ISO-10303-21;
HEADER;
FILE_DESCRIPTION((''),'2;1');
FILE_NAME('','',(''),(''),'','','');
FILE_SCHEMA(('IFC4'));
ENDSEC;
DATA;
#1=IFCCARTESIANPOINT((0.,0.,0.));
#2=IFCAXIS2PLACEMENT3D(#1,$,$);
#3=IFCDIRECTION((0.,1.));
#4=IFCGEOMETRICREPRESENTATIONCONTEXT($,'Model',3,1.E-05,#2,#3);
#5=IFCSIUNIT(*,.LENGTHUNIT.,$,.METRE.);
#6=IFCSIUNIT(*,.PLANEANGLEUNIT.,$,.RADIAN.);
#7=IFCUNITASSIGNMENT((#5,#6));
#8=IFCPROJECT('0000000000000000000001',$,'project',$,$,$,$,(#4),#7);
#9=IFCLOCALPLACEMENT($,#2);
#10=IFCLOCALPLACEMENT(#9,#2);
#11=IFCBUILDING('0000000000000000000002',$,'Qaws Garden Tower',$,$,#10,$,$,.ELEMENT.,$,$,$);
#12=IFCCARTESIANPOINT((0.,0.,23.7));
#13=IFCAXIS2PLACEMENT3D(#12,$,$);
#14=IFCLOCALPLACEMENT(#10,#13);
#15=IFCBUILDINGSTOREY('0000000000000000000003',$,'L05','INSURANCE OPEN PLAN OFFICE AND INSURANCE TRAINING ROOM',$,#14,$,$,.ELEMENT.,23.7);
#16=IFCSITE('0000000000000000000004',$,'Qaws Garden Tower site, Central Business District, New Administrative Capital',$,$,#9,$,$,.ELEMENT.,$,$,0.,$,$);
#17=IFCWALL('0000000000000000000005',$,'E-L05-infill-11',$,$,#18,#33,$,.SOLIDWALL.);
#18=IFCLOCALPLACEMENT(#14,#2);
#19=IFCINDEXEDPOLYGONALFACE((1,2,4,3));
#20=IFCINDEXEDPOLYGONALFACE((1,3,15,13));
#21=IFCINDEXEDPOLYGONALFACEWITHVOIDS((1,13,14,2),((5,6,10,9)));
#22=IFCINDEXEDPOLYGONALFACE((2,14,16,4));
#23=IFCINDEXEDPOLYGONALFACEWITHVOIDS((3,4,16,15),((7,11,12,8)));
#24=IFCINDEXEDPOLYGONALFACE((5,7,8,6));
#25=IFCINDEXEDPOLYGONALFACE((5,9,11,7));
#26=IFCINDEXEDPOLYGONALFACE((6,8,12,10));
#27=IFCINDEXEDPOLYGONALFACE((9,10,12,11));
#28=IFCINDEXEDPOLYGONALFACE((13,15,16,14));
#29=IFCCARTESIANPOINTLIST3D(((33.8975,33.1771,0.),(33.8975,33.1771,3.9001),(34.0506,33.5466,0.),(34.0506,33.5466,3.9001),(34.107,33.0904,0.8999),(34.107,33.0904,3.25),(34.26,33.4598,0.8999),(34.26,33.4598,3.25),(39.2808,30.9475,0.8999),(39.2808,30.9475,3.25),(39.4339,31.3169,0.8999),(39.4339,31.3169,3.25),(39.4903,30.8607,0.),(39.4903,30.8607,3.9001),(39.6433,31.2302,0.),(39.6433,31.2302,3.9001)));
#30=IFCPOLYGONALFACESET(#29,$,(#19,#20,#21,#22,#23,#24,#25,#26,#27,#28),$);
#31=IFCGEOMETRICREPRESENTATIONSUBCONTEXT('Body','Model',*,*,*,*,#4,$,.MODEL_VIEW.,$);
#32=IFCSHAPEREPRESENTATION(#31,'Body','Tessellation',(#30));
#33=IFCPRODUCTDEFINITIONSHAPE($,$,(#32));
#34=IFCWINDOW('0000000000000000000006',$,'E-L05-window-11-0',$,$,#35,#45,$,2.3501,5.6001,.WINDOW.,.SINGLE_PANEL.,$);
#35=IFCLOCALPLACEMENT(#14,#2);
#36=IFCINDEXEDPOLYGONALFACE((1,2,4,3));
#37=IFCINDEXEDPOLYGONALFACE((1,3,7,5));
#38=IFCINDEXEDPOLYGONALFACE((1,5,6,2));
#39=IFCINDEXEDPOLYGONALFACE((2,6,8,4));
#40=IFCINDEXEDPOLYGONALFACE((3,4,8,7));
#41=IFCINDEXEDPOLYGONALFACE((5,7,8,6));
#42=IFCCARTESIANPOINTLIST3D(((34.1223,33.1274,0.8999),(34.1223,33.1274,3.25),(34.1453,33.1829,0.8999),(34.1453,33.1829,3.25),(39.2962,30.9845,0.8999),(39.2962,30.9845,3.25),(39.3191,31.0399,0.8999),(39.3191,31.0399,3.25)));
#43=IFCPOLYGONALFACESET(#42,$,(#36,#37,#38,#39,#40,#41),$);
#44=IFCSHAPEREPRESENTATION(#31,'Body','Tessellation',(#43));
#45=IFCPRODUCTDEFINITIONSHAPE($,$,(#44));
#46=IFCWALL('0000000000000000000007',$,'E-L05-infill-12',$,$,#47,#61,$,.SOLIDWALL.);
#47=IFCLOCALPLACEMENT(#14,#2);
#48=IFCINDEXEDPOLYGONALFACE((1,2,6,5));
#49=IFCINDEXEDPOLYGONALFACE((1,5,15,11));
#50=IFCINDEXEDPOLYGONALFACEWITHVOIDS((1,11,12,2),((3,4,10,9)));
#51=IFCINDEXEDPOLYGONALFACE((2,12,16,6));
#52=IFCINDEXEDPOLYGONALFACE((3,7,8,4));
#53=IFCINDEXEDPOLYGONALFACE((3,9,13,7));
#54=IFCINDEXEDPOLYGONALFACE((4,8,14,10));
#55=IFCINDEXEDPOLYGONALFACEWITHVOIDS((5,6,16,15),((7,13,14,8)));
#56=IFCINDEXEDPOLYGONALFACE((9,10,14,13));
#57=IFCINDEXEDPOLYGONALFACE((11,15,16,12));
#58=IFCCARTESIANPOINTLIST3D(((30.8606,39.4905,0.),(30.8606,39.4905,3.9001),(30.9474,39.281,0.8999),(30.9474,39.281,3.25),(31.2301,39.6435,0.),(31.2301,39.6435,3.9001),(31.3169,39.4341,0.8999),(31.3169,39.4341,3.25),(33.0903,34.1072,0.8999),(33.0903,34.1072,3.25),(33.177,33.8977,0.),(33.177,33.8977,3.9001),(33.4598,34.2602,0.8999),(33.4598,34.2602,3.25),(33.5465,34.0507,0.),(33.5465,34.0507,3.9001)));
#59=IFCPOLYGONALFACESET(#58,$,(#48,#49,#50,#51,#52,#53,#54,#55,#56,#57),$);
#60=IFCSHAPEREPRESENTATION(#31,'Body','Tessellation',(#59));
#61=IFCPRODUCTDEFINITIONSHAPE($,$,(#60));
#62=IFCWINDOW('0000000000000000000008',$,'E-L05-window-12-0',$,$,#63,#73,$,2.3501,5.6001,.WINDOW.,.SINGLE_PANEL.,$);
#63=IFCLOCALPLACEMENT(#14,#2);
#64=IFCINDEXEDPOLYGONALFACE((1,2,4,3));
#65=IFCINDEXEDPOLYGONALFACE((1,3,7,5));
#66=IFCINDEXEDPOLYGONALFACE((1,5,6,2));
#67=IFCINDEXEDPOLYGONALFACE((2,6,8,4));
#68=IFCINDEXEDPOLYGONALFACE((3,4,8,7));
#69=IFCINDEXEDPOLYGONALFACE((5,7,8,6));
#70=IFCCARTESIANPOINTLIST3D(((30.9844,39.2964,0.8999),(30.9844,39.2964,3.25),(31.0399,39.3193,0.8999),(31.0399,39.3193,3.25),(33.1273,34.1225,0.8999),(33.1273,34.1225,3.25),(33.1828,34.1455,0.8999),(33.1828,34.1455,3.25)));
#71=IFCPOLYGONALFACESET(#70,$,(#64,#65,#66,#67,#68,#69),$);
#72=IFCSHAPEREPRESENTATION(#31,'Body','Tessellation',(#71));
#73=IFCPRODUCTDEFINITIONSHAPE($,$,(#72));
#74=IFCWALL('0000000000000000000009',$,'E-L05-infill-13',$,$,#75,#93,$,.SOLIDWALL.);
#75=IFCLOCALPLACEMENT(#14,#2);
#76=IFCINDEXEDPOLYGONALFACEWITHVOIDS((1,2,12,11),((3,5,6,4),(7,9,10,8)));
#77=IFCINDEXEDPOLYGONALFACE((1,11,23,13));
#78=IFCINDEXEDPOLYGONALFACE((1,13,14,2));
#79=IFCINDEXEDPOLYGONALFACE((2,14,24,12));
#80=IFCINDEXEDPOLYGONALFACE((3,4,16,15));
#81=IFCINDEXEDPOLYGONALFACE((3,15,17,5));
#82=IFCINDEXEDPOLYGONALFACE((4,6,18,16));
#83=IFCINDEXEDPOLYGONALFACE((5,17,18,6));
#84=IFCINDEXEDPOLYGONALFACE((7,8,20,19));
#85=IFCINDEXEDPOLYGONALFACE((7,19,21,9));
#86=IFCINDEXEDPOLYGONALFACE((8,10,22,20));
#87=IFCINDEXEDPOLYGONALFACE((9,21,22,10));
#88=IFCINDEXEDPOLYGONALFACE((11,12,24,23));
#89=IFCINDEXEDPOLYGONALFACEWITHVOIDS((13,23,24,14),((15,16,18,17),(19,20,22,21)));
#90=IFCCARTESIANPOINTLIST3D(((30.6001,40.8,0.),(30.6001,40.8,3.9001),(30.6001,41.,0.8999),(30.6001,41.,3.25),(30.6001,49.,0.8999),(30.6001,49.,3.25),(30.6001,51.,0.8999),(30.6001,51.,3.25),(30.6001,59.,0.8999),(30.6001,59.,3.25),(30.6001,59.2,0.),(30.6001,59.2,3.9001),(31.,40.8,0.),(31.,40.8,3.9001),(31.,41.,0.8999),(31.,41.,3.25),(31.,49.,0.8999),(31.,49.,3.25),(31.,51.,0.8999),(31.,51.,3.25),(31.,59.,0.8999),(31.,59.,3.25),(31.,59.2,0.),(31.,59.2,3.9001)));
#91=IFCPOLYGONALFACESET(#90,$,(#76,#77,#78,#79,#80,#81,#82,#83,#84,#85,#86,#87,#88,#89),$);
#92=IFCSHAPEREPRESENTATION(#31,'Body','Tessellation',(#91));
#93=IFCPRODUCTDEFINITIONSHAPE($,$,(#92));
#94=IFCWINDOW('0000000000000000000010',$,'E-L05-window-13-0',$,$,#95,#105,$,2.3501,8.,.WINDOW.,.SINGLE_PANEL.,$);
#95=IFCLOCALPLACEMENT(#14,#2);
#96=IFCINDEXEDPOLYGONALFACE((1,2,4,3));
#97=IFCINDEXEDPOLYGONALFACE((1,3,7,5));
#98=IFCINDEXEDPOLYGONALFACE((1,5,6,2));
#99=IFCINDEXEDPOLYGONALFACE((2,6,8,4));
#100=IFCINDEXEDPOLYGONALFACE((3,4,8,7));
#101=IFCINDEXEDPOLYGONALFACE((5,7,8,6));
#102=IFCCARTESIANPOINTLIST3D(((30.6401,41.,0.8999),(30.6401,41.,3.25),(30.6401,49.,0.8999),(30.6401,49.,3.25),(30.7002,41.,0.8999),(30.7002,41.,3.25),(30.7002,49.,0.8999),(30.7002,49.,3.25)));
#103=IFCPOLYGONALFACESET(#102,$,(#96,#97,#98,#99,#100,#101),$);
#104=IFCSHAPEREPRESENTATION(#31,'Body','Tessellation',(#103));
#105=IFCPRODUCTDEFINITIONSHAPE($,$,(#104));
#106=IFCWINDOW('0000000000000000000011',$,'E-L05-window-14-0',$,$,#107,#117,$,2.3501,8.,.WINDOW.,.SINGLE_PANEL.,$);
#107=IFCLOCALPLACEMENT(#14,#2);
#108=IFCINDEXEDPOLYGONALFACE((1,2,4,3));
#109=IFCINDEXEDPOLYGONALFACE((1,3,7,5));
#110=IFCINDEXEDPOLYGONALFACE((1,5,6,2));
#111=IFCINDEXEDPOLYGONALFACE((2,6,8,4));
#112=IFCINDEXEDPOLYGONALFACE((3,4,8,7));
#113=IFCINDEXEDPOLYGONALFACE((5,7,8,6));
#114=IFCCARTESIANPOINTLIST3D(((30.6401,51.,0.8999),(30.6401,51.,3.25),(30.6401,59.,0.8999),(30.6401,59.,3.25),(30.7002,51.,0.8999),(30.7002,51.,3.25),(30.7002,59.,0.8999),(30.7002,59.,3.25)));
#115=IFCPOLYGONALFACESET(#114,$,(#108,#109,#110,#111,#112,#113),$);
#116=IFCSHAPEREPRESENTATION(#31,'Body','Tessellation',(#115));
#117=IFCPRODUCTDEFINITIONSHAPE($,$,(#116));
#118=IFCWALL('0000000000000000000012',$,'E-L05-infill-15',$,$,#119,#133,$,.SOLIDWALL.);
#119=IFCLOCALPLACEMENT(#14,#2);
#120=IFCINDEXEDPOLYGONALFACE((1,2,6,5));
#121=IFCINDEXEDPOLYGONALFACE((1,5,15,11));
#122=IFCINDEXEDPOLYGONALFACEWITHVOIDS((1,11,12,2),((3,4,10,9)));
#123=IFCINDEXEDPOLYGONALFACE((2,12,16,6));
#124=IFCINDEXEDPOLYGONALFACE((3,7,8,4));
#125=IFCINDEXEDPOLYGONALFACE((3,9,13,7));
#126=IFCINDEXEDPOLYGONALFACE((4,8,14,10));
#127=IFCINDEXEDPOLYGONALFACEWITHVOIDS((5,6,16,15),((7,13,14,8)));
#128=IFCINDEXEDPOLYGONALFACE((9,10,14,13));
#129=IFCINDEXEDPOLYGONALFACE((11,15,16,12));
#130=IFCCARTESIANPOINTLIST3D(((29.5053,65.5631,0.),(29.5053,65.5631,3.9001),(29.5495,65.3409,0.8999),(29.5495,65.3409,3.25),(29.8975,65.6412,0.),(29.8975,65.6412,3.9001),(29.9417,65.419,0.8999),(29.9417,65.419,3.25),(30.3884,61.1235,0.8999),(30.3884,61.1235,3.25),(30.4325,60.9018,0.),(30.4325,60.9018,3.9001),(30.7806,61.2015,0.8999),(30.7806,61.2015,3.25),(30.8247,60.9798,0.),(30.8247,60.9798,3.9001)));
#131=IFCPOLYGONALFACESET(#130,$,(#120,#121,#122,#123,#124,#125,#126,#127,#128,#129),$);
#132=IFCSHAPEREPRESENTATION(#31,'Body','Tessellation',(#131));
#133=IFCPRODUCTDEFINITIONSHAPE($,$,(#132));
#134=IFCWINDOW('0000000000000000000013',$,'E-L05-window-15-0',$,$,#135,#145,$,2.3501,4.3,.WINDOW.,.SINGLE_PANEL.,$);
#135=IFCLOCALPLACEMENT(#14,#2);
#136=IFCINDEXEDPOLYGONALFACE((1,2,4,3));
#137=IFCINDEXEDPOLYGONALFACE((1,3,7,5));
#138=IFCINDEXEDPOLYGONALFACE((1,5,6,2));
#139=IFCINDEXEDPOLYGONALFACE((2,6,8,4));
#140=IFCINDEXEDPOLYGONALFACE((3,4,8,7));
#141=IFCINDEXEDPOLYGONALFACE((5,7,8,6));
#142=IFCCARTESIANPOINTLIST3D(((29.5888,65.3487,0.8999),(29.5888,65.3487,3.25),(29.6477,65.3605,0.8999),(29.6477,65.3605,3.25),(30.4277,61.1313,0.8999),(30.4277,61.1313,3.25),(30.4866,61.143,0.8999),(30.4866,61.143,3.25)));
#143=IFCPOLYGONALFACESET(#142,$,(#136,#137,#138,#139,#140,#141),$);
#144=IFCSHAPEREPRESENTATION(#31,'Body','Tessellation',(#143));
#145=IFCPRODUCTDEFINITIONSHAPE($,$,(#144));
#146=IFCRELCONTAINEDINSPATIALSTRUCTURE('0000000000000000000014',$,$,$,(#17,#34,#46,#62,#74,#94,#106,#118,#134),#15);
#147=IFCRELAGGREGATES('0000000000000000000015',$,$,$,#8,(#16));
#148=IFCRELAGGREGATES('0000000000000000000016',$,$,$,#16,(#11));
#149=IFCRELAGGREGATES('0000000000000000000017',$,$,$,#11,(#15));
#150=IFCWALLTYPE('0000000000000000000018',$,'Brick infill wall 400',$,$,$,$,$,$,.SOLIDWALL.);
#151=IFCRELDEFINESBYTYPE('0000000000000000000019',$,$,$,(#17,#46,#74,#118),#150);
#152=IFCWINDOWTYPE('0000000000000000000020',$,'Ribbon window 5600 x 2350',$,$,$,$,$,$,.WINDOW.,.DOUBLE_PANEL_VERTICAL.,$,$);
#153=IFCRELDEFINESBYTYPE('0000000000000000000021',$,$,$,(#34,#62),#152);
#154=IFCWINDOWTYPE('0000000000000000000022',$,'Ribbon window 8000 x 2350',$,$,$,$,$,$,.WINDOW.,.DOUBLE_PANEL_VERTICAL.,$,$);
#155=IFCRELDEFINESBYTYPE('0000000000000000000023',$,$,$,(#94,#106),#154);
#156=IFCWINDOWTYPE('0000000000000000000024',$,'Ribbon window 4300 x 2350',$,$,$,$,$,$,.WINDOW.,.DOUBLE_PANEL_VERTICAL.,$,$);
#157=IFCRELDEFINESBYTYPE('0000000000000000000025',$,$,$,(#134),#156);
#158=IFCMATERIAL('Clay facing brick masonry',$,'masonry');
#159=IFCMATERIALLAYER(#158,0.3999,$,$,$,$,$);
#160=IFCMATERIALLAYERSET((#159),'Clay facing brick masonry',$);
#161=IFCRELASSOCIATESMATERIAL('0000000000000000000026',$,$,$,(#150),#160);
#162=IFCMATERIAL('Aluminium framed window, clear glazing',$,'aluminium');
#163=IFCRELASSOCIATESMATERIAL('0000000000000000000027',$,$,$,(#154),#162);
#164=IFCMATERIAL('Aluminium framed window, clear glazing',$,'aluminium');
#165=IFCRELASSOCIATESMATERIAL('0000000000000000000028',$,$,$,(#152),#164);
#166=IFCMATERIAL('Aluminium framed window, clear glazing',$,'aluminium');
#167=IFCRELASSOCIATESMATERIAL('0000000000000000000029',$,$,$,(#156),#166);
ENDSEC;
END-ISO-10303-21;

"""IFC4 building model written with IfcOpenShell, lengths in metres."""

from ifc_helpers import new_model, si_unit, direction, frame, frame_2d, origin, place, context, subcontext, project, spatial, rectangle, extrude, material, layer, layer_set, type_object, element, fill, save


model = new_model("IFC4")

# Units and contexts
model_context = context("Model", 3, precision=1e-05, world=origin(), true_north=direction((0.0, 1.0)))
body_context = subcontext(model_context, "Body", "Model", "MODEL_VIEW")
ifc_project = project(units=[si_unit("LENGTHUNIT", "METRE"), si_unit("PLANEANGLEUNIT", "RADIAN")], contexts=[model_context])

# Site, building, storey
site_placement = place(None, origin())
site = spatial("IfcSite", under=ifc_project, at=site_placement, Name="Qaws Garden Tower site, Central Business District, New Administrative Capital", CompositionType="ELEMENT", RefElevation=0.0)
building_placement = place(site_placement, origin())
building = spatial("IfcBuilding", under=site, at=building_placement, Name="Qaws Garden Tower", CompositionType="ELEMENT")
storey_placement = place(building_placement, frame((0.0, 0.0, 23.7)))
storey = spatial("IfcBuildingStorey", under=building, at=storey_placement, Name="L05", Description="INSURANCE OPEN PLAN OFFICE AND INSURANCE TRAINING ROOM", CompositionType="ELEMENT", Elevation=23.7)

# Shared definitions
ifc_material_1 = material(Name="Clay facing brick masonry", Category="masonry")
ifc_layer_1 = layer(ifc_material_1, 0.3999)
ifc_layer_set_1 = layer_set([ifc_layer_1], Name="Clay facing brick masonry")
wall_type_1 = type_object("IfcWallType", Name="Brick infill wall 400", PredefinedType="SOLIDWALL", material=ifc_layer_set_1)
ifc_material_2 = material(Name="Aluminium framed window, clear glazing", Category="aluminium")
window_type_1 = type_object("IfcWindowType", Name="Ribbon window 8000 x 2350", PartitioningType="DOUBLE_PANEL_VERTICAL", PredefinedType="WINDOW", material=ifc_material_2)

# Walls, openings, windows
wall_1_placement = place(storey_placement, frame((39.5669, 31.0454, 0.0), z_axis=(0.0, 0.0, 1.0), x_axis=(-0.923891, 0.382656, 0.0)))
wall_1 = element("IfcWall", 1, at=wall_1_placement, inside=storey, type_object=wall_type_1, Name="E-L05-infill-11", PredefinedType="SOLIDWALL", context=body_context, shape_type="SweptSolid", body=[
    extrude(rectangle(XDim=6.0535, YDim=0.3999, at=frame_2d((3.0269, 0.0))), origin(), (0.0, 0.0, 1.0), 3.9001),
])
opening_1_placement = place(wall_1_placement, frame((0.2268, 0.0, 0.8999)))
opening_1 = element("IfcOpeningElement", 2, at=opening_1_placement, cuts=wall_1, PredefinedType="OPENING", context=body_context, shape_type="SweptSolid", body=[
    extrude(rectangle(XDim=5.6001, YDim=2.3501, at=frame_2d((2.8, 1.175))), frame((0.0, 0.21, 0.0), z_axis=(0.0, -1.0, 0.0), x_axis=(1.0, 0.0, 0.0)), (0.0, 0.0, 1.0), 0.4199),
])
ifc_material_3 = material(Name="Aluminium framed window, clear glazing", Category="aluminium")
window_type_2 = type_object("IfcWindowType", Name="Ribbon window 5600 x 2350", PartitioningType="DOUBLE_PANEL_VERTICAL", PredefinedType="WINDOW", material=ifc_material_3)
window_1_placement = place(opening_1_placement, origin())
window_1 = element("IfcWindow", 3, at=window_1_placement, inside=storey, type_object=window_type_2, Name="E-L05-window-11-0", OverallHeight=2.3501, OverallWidth=5.6001, PartitioningType="SINGLE_PANEL", PredefinedType="WINDOW", context=body_context, shape_type="SweptSolid", body=[
    extrude(rectangle(XDim=5.6001, YDim=2.3501, at=frame_2d((2.8, 1.175))), frame((0.0, 0.1599, 0.0), z_axis=(0.0, -1.0, 0.0), x_axis=(1.0, 0.0, 0.0)), (0.0, 0.0, 1.0), 0.0601),
])
fill(opening_1, window_1)
wall_2_placement = place(storey_placement, frame((33.3618, 33.9741, 0.0), z_axis=(0.0, 0.0, 1.0), x_axis=(-0.382656, 0.923891, 0.0)))
wall_2 = element("IfcWall", 4, at=wall_2_placement, inside=storey, type_object=wall_type_1, Name="E-L05-infill-12", PredefinedType="SOLIDWALL", context=body_context, shape_type="SweptSolid", body=[
    extrude(rectangle(XDim=6.0535, YDim=0.3999, at=frame_2d((3.0269, 0.0))), origin(), (0.0, 0.0, 1.0), 3.9001),
])
opening_2_placement = place(wall_2_placement, frame((0.2268, 0.0, 0.8999)))
opening_2 = element("IfcOpeningElement", 5, at=opening_2_placement, cuts=wall_2, PredefinedType="OPENING", context=body_context, shape_type="SweptSolid", body=[
    extrude(rectangle(XDim=5.6001, YDim=2.3501, at=frame_2d((2.8, 1.175))), frame((0.0, 0.21, 0.0), z_axis=(0.0, -1.0, 0.0), x_axis=(1.0, 0.0, 0.0)), (0.0, 0.0, 1.0), 0.4199),
])
window_2_placement = place(opening_2_placement, origin())
window_2 = element("IfcWindow", 6, at=window_2_placement, inside=storey, type_object=window_type_2, Name="E-L05-window-12-0", OverallHeight=2.3501, OverallWidth=5.6001, PartitioningType="SINGLE_PANEL", PredefinedType="WINDOW", context=body_context, shape_type="SweptSolid", body=[
    extrude(rectangle(XDim=5.6001, YDim=2.3501, at=frame_2d((2.8, 1.175))), frame((0.0, 0.1599, 0.0), z_axis=(0.0, -1.0, 0.0), x_axis=(1.0, 0.0, 0.0)), (0.0, 0.0, 1.0), 0.0601),
])
fill(opening_2, window_2)

# Wall, openings, windows
wall_3_placement = place(storey_placement, frame((30.8, 40.8, 0.0), z_axis=(0.0, 0.0, 1.0), x_axis=(0.0, 1.0, 0.0)))
wall_3 = element("IfcWall", 7, at=wall_3_placement, inside=storey, type_object=wall_type_1, Name="E-L05-infill-13", PredefinedType="SOLIDWALL", context=body_context, shape_type="SweptSolid", body=[
    extrude(rectangle(XDim=18.3999, YDim=0.3999, at=frame_2d((9.2, 0.0))), origin(), (0.0, 0.0, 1.0), 3.9001),
])
opening_3_placement = place(wall_3_placement, frame((0.2, 0.0, 0.8999)))
opening_3 = element("IfcOpeningElement", 8, at=opening_3_placement, cuts=wall_3, PredefinedType="OPENING", context=body_context, shape_type="SweptSolid", body=[
    extrude(rectangle(XDim=8.0, YDim=2.3501, at=frame_2d((4.0, 1.175))), frame((0.0, 0.21, 0.0), z_axis=(0.0, -1.0, 0.0), x_axis=(1.0, 0.0, 0.0)), (0.0, 0.0, 1.0), 0.4199),
])
opening_4_placement = place(wall_3_placement, frame((10.2, 0.0, 0.8999)))
opening_4 = element("IfcOpeningElement", 9, at=opening_4_placement, cuts=wall_3, PredefinedType="OPENING", context=body_context, shape_type="SweptSolid", body=[
    extrude(rectangle(XDim=8.0, YDim=2.3501, at=frame_2d((4.0, 1.175))), frame((0.0, 0.21, 0.0), z_axis=(0.0, -1.0, 0.0), x_axis=(1.0, 0.0, 0.0)), (0.0, 0.0, 1.0), 0.4199),
])
window_3_placement = place(opening_3_placement, origin())
window_3 = element("IfcWindow", 10, at=window_3_placement, inside=storey, type_object=window_type_1, Name="E-L05-window-13-0", OverallHeight=2.3501, OverallWidth=8.0, PartitioningType="SINGLE_PANEL", PredefinedType="WINDOW", context=body_context, shape_type="SweptSolid", body=[
    extrude(rectangle(XDim=8.0, YDim=2.3501, at=frame_2d((4.0, 1.175))), frame((0.0, 0.1599, 0.0), z_axis=(0.0, -1.0, 0.0), x_axis=(1.0, 0.0, 0.0)), (0.0, 0.0, 1.0), 0.0601),
])
fill(opening_3, window_3)
window_4_placement = place(opening_4_placement, origin())
window_4 = element("IfcWindow", 11, at=window_4_placement, inside=storey, type_object=window_type_1, Name="E-L05-window-14-0", OverallHeight=2.3501, OverallWidth=8.0, PartitioningType="SINGLE_PANEL", PredefinedType="WINDOW", context=body_context, shape_type="SweptSolid", body=[
    extrude(rectangle(XDim=8.0, YDim=2.3501, at=frame_2d((4.0, 1.175))), frame((0.0, 0.1599, 0.0), z_axis=(0.0, -1.0, 0.0), x_axis=(1.0, 0.0, 0.0)), (0.0, 0.0, 1.0), 0.0601),
])
fill(opening_4, window_4)

# Wall, opening, window
wall_4_placement = place(storey_placement, frame((30.6287, 60.9407, 0.0), z_axis=(0.0, 0.0, 1.0), x_axis=(-0.195099, 0.980784, 0.0)))
wall_4 = element("IfcWall", 12, at=wall_4_placement, inside=storey, type_object=wall_type_1, Name="E-L05-infill-15", PredefinedType="SOLIDWALL", context=body_context, shape_type="SweptSolid", body=[
    extrude(rectangle(XDim=4.7527, YDim=0.3999, at=frame_2d((2.3765, 0.0))), origin(), (0.0, 0.0, 1.0), 3.9001),
])
opening_5_placement = place(wall_4_placement, frame((0.2263, 0.0, 0.8999)))
opening_5 = element("IfcOpeningElement", 13, at=opening_5_placement, cuts=wall_4, PredefinedType="OPENING", context=body_context, shape_type="SweptSolid", body=[
    extrude(rectangle(XDim=4.3, YDim=2.3501, at=frame_2d((2.1499, 1.175))), frame((0.0, 0.21, 0.0), z_axis=(0.0, -1.0, 0.0), x_axis=(1.0, 0.0, 0.0)), (0.0, 0.0, 1.0), 0.4199),
])
ifc_material_4 = material(Name="Aluminium framed window, clear glazing", Category="aluminium")
window_type_3 = type_object("IfcWindowType", Name="Ribbon window 4300 x 2350", PartitioningType="DOUBLE_PANEL_VERTICAL", PredefinedType="WINDOW", material=ifc_material_4)
window_5_placement = place(opening_5_placement, origin())
window_5 = element("IfcWindow", 14, at=window_5_placement, inside=storey, type_object=window_type_3, Name="E-L05-window-15-0", OverallHeight=2.3501, OverallWidth=4.3, PartitioningType="SINGLE_PANEL", PredefinedType="WINDOW", context=body_context, shape_type="SweptSolid", body=[
    extrude(rectangle(XDim=4.3, YDim=2.3501, at=frame_2d((2.1499, 1.175))), frame((0.0, 0.1599, 0.0), z_axis=(0.0, -1.0, 0.0), x_axis=(1.0, 0.0, 0.0)), (0.0, 0.0, 1.0), 0.0601),
])
fill(opening_5, window_5)

save(model, "model.ifc")
